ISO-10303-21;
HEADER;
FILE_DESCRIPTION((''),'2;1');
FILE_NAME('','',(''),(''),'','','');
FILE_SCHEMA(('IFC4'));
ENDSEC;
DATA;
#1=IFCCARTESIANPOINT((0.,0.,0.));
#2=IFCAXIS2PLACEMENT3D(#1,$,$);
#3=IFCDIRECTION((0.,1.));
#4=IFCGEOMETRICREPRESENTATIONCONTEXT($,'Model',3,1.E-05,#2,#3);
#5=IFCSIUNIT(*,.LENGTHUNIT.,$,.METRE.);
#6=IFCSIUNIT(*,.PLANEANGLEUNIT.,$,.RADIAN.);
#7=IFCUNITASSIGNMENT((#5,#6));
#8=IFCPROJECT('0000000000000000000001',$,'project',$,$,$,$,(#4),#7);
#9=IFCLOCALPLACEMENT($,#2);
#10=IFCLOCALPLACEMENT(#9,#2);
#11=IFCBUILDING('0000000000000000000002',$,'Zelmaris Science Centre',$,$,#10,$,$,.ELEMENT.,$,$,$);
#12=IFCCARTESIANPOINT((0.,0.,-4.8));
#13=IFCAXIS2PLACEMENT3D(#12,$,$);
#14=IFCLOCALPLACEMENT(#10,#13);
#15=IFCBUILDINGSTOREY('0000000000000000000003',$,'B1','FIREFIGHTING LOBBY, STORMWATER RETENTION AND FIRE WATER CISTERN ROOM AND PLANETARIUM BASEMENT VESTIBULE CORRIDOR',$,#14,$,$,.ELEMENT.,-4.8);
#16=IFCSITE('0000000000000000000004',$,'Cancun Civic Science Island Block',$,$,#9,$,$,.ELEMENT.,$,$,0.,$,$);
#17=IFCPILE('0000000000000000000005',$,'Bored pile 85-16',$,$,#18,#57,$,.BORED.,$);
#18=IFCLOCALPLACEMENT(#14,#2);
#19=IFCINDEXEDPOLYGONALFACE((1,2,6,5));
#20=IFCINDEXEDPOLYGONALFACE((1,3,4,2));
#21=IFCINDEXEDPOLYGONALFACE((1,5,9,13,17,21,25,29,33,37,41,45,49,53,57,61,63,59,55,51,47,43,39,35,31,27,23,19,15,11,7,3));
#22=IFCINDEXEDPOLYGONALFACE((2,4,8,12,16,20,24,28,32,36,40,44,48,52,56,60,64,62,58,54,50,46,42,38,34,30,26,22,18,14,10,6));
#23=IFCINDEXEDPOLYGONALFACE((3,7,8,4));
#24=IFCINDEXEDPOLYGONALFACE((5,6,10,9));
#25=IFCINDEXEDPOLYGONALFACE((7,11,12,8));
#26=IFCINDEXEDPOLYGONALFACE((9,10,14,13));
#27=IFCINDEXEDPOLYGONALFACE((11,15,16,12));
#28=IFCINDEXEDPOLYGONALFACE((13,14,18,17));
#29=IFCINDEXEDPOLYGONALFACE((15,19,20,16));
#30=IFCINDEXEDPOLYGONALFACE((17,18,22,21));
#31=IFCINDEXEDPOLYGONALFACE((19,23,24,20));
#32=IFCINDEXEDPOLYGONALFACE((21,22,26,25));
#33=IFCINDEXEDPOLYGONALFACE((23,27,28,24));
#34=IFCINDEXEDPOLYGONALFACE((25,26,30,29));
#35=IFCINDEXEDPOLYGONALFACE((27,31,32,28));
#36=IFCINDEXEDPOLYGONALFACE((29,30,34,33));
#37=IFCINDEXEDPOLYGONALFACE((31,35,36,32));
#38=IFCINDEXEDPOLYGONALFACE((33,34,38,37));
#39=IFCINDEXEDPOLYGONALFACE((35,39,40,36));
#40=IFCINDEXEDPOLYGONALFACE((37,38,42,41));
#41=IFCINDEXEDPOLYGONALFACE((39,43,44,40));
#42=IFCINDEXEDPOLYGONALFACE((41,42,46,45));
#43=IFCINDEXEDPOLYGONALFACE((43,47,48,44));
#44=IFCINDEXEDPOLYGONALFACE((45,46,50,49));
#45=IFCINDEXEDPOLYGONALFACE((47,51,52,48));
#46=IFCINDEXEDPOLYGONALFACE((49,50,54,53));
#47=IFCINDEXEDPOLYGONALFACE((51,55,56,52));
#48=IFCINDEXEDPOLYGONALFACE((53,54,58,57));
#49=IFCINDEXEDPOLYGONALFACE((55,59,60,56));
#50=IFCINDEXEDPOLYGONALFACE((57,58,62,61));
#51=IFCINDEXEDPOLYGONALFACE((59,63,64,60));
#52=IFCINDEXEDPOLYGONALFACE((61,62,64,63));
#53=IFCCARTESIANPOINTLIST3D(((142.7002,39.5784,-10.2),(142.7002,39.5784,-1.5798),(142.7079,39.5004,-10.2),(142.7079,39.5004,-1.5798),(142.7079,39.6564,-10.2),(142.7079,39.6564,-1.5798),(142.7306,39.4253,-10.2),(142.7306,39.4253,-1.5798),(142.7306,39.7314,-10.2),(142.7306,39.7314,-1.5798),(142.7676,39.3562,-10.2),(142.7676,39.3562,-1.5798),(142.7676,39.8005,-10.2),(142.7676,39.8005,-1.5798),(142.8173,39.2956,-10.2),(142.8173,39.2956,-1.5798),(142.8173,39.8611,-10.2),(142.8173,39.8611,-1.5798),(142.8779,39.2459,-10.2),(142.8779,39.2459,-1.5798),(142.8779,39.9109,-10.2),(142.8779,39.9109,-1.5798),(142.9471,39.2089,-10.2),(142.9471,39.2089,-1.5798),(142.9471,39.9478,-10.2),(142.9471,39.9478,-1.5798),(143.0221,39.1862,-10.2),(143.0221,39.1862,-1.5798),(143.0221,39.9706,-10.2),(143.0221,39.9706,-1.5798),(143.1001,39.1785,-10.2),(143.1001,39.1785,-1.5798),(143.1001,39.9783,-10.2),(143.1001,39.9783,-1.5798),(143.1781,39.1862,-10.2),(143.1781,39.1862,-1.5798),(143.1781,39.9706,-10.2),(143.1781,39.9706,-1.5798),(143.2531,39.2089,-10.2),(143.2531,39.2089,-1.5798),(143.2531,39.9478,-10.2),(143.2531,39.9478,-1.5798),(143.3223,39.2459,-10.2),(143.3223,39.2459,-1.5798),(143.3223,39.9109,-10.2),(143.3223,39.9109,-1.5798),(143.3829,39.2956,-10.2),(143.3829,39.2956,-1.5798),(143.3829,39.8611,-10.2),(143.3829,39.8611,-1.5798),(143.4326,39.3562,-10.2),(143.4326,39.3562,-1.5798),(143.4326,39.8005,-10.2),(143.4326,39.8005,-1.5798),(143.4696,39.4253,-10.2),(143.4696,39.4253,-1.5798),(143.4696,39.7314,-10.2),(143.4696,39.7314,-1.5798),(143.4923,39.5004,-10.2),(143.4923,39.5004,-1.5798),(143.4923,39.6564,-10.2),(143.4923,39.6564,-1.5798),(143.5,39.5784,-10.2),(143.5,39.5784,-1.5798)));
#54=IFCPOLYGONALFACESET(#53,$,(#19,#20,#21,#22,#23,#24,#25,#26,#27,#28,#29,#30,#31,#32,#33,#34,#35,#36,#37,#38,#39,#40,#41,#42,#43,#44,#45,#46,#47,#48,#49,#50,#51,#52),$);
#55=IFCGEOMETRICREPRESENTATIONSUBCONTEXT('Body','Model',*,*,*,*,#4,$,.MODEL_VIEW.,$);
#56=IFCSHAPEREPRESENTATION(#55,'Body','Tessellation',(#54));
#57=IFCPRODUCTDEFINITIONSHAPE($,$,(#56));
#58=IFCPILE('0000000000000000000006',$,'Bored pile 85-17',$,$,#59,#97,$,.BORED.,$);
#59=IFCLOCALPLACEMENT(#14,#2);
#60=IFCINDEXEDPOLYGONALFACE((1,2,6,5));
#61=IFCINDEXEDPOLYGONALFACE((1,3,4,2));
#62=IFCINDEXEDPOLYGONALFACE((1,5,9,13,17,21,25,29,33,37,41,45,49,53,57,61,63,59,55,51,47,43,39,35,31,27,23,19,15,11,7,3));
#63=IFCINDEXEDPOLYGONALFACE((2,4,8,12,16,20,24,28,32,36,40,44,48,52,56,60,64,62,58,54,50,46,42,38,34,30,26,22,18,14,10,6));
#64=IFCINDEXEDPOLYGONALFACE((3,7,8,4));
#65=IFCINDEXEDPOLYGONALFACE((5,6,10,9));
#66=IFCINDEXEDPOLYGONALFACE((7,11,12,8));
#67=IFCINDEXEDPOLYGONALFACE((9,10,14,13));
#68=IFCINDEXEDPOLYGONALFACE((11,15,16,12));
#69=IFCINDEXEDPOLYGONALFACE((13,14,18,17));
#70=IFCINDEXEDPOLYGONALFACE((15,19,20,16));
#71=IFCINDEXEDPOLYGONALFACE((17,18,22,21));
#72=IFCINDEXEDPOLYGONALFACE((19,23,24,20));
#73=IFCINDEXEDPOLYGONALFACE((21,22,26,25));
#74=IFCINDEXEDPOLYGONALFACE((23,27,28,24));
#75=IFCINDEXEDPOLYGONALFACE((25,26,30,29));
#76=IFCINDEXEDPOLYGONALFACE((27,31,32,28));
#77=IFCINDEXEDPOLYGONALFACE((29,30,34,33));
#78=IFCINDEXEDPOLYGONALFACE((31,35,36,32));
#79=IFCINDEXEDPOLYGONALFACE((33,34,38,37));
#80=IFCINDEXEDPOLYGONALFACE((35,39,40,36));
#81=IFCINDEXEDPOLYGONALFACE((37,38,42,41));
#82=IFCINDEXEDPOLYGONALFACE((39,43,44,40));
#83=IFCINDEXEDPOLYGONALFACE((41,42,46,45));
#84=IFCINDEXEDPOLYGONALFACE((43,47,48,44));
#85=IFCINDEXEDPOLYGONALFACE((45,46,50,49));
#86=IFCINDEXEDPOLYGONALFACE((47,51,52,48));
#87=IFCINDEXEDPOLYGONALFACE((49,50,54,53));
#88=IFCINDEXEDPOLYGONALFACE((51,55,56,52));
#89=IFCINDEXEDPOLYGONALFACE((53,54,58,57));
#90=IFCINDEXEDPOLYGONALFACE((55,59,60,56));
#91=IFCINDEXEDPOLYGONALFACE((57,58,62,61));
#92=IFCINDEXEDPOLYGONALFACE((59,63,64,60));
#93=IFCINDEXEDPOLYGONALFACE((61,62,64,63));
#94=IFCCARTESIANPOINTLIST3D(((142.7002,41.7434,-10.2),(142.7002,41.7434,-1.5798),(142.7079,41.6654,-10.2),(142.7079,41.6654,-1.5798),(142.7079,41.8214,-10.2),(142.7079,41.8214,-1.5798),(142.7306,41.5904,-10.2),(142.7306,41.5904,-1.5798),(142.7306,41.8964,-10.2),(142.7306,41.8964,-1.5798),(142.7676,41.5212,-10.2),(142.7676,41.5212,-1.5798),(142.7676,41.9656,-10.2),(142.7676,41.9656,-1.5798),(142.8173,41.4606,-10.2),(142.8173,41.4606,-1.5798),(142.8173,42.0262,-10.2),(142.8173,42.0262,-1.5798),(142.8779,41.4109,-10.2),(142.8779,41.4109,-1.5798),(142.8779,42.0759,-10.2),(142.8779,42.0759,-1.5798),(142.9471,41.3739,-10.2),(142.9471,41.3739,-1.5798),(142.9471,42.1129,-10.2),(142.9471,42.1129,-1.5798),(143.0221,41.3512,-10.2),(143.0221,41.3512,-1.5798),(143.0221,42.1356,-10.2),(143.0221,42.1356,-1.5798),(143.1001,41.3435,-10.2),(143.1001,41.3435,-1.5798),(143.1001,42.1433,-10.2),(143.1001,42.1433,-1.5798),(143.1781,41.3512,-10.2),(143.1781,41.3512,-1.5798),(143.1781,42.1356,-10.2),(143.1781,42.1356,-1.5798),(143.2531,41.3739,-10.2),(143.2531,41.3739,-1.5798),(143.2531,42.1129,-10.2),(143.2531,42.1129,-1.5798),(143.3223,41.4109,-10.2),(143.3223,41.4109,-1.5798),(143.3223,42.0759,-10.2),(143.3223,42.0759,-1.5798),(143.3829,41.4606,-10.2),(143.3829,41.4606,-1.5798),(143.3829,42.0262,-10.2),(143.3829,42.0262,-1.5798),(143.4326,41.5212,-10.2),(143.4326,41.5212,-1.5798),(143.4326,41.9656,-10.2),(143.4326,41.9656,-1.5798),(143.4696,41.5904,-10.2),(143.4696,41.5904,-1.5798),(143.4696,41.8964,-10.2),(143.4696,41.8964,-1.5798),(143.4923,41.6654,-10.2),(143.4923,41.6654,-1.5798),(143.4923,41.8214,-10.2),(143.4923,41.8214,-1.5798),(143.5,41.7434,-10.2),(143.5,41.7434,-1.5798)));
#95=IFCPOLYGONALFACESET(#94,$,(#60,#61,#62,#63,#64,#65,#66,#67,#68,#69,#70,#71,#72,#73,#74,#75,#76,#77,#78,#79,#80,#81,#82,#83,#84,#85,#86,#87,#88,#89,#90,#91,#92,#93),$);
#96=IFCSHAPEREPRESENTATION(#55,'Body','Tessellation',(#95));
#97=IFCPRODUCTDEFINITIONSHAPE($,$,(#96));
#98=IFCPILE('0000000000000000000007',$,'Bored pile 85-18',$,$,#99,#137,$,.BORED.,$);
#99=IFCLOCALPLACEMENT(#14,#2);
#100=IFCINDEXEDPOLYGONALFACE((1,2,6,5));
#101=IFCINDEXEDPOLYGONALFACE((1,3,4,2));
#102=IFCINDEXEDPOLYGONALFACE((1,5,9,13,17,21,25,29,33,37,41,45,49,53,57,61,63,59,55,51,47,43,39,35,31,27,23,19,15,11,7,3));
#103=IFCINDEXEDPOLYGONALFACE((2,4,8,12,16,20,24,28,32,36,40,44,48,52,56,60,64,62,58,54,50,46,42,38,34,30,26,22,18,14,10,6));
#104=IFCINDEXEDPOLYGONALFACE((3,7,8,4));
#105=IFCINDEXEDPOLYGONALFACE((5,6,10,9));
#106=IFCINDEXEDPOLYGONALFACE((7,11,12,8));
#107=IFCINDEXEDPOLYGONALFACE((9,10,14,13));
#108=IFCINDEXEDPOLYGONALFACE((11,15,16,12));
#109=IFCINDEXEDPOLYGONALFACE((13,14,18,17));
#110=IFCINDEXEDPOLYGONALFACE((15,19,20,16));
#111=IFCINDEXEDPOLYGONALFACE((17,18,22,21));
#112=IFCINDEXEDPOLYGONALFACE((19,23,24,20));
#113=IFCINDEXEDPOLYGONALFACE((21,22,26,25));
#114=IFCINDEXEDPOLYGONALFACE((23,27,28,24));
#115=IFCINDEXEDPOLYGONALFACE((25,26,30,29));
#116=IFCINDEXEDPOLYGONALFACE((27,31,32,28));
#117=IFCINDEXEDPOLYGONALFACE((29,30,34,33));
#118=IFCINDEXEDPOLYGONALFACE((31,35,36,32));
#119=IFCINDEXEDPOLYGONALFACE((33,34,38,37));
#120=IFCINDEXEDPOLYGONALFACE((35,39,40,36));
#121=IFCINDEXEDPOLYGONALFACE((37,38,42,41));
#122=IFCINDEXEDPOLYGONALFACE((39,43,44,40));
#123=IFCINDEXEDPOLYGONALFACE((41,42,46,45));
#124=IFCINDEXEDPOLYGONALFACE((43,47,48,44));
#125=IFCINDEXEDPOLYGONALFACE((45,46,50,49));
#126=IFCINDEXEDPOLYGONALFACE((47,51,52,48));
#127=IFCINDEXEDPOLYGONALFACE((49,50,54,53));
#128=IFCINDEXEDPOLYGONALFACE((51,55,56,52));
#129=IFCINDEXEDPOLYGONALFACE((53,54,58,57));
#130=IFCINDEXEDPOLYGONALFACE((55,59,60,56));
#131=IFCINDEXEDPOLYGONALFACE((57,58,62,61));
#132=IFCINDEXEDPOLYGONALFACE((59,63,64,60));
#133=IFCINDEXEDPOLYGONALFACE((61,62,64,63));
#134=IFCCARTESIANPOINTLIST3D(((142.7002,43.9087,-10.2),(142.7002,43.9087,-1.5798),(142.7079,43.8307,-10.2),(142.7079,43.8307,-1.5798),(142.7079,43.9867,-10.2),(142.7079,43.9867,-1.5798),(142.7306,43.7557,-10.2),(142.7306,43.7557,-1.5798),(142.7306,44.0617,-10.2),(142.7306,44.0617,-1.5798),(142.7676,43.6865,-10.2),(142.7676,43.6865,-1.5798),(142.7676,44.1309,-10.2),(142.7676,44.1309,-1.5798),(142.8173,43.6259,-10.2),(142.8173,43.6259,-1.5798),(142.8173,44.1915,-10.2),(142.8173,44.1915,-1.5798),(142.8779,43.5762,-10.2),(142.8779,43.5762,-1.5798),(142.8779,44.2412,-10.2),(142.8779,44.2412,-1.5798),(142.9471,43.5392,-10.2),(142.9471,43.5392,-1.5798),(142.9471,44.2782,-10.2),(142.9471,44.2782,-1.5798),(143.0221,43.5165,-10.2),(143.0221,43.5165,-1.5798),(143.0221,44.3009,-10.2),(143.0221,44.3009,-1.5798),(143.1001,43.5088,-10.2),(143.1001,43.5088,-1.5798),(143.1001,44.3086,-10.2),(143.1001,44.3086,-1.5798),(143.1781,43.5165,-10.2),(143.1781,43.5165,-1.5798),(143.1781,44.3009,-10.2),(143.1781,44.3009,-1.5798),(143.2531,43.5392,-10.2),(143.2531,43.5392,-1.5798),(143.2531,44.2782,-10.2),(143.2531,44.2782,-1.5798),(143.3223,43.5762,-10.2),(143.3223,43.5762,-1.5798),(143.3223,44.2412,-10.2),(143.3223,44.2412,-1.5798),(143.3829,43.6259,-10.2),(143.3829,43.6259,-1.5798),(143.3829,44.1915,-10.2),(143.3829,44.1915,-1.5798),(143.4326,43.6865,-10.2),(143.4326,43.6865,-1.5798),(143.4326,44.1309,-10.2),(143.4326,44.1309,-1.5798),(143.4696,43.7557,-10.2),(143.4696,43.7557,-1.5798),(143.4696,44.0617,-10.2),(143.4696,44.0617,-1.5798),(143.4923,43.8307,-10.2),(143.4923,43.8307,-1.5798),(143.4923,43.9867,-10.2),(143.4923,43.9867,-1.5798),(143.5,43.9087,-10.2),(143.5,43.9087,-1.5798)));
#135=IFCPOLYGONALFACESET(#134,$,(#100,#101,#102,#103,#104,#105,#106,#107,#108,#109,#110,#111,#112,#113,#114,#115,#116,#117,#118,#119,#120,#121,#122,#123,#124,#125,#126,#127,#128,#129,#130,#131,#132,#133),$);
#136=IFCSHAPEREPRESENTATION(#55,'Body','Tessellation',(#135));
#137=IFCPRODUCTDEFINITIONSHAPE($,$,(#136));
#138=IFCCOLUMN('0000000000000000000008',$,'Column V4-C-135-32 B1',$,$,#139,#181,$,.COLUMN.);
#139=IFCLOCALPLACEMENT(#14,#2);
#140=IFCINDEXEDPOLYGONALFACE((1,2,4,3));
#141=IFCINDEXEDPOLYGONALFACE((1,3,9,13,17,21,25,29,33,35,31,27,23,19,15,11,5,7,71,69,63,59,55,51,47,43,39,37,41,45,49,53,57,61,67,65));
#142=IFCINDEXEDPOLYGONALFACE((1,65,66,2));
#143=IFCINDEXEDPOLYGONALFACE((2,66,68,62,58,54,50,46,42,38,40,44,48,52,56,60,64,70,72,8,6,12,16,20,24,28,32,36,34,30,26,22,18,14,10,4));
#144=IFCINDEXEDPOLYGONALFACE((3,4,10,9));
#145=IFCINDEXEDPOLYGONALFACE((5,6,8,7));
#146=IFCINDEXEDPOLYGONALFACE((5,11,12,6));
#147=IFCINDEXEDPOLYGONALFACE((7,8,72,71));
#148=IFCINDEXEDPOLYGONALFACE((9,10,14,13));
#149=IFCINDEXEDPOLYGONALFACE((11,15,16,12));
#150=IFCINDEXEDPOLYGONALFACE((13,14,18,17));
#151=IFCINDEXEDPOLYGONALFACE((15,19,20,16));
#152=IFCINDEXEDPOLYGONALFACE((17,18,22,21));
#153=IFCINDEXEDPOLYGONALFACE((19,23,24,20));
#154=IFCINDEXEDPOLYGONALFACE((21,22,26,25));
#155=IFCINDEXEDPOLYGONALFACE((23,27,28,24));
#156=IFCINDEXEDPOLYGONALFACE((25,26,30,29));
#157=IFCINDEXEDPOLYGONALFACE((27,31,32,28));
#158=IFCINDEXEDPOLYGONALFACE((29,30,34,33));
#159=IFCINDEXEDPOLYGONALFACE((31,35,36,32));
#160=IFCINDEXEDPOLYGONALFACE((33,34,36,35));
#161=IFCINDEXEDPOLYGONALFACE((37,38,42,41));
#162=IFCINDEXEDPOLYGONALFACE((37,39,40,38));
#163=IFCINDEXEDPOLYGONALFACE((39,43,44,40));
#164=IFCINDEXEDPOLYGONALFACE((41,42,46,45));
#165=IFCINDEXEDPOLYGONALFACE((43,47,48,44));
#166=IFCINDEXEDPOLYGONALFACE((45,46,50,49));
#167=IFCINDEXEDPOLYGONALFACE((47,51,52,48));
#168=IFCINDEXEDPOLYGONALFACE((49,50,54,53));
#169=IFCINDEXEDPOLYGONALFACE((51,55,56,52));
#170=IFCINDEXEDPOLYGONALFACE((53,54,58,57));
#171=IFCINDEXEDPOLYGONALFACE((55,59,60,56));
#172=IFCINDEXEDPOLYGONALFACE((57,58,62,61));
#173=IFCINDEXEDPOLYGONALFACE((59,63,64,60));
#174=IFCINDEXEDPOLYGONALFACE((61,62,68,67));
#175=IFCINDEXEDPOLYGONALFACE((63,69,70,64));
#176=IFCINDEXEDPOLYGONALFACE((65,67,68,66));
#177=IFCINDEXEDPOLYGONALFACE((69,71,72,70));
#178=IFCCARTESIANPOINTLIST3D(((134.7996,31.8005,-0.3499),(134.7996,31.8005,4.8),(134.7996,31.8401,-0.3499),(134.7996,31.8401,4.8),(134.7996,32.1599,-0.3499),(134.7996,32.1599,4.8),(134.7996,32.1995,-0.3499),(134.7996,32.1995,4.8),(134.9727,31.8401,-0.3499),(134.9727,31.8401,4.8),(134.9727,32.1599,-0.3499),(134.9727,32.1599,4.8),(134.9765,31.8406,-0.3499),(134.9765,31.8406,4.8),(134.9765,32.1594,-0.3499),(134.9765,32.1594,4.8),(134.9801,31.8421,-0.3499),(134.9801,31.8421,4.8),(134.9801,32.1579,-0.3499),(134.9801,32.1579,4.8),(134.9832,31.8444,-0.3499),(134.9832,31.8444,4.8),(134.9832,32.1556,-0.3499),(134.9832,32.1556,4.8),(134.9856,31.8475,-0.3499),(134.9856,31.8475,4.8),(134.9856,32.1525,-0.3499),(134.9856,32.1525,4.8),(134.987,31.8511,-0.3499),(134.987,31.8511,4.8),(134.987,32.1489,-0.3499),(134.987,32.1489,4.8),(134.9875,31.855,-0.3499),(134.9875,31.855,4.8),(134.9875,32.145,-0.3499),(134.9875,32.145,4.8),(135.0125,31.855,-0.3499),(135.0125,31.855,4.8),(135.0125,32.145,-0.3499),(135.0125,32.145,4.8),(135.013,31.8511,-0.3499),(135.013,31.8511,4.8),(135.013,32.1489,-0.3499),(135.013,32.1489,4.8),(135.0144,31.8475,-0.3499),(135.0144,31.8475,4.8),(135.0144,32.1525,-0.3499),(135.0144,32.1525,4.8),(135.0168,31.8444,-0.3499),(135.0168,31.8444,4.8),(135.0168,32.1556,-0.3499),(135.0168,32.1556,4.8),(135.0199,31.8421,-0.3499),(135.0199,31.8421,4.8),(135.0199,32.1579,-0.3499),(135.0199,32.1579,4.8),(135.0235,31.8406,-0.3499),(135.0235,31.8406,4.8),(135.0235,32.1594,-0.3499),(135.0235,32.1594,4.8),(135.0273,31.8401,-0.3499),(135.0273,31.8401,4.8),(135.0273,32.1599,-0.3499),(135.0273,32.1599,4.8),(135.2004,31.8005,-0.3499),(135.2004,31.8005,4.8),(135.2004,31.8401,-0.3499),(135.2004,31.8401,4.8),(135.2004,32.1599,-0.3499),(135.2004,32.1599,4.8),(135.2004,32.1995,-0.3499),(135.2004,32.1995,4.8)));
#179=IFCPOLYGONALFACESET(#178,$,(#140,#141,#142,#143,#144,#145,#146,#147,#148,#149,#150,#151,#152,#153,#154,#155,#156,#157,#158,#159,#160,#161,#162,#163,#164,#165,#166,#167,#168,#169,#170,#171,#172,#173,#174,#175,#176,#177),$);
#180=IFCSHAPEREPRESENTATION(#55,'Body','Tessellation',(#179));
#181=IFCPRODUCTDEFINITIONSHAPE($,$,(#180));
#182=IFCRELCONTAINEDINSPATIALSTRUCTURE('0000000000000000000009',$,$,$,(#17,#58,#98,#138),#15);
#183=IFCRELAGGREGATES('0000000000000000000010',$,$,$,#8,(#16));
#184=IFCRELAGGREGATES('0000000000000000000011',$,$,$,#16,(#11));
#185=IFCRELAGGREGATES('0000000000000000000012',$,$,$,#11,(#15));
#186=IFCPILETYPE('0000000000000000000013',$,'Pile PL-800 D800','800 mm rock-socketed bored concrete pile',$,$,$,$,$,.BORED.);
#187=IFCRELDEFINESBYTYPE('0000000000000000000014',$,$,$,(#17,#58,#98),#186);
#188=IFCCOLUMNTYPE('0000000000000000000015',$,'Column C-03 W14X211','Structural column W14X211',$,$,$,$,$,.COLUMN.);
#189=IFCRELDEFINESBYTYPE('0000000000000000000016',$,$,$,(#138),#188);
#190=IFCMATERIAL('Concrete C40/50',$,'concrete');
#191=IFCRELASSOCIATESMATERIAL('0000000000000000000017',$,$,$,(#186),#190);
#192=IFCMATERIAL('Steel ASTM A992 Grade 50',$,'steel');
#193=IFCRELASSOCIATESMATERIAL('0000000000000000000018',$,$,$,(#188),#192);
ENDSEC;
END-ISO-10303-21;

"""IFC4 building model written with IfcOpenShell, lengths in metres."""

from ifc_helpers import new_model, si_unit, direction, frame, origin, origin_2d, place, context, subcontext, project, spatial, circle, i_section, extrude, material, material_profile, profile_set, type_object, element, save


model = new_model("IFC4")

# Units and contexts
model_context = context("Model", 3, precision=1e-05, world=origin(), true_north=direction((0.0, 1.0)))
body_context = subcontext(model_context, "Body", "Model", "MODEL_VIEW")
ifc_project = project(units=[si_unit("LENGTHUNIT", "METRE"), si_unit("PLANEANGLEUNIT", "RADIAN")], contexts=[model_context])

# Site, building, storey
site_placement = place(None, origin())
site = spatial("IfcSite", under=ifc_project, at=site_placement, Name="Cancun Civic Science Island Block", CompositionType="ELEMENT", RefElevation=0.0)
building_placement = place(site_placement, origin())
building = spatial("IfcBuilding", under=site, at=building_placement, Name="Zelmaris Science Centre", CompositionType="ELEMENT")
storey_placement = place(building_placement, frame((0.0, 0.0, -4.8)))
storey = spatial("IfcBuildingStorey", under=building, at=storey_placement, Name="B1", Description="FIREFIGHTING LOBBY, STORMWATER RETENTION AND FIRE WATER CISTERN ROOM AND PLANETARIUM BASEMENT VESTIBULE CORRIDOR", CompositionType="ELEMENT", Elevation=-4.8)

# Shared definitions
ifc_material_1 = material(Name="Concrete C40/50", Category="concrete")

# Piles
ifc_material_profile_1 = material_profile(ifc_material_1, circle(Radius=0.3999, at=origin_2d()), Name="PILE-800")
ifc_profile_set_1 = profile_set([ifc_material_profile_1], Name="Concrete C40/50")
pile_type_1 = type_object("IfcPileType", Name="Pile PL-800 D800", Description="800 mm rock-socketed bored concrete pile", PredefinedType="BORED", material=ifc_profile_set_1)
for number, where, z_axis, x_axis, name in (
    (1, (143.1001, 39.5784, -1.5798), (0.0, 0.0, -1.0), (1.0, 0.0, 0.0), "Bored pile 85-16"),
    (2, (143.1001, 41.7434, -1.5798), (0.0, 0.0, -1.0), (1.0, 0.0, 0.0), "Bored pile 85-17"),
    (3, (143.1001, 43.9087, -1.5798), (0.0, 0.0, -1.0), (1.0, 0.0, 0.0), "Bored pile 85-18"),
):
    element("IfcPile", number, at=place(storey_placement, frame(where, z_axis=z_axis, x_axis=x_axis)), inside=storey, type_object=pile_type_1, Name=name, PredefinedType="BORED", context=body_context, shape_type="SweptSolid", body=[
        extrude(circle(Radius=0.3999, at=origin_2d()), origin(), (0.0, 0.0, 1.0), 8.6201),
    ])

# Column
ifc_material_2 = material(Name="Steel ASTM A992 Grade 50", Category="steel")
ifc_material_profile_2 = material_profile(ifc_material_2, i_section(OverallWidth=0.4009, OverallDepth=0.3989, WebThickness=0.0249, FlangeThickness=0.0396, FilletRadius=0.0149, at=origin_2d()), Name="W14X211")
ifc_profile_set_2 = profile_set([ifc_material_profile_2], Name="Steel ASTM A992 Grade 50")
column_type_1 = type_object("IfcColumnType", Name="Column C-03 W14X211", Description="Structural column W14X211", PredefinedType="COLUMN", material=ifc_profile_set_2)
column_1_placement = place(storey_placement, frame((135.0, 32.0, -0.3499), z_axis=(0.0, 0.0, 1.0), x_axis=(1.0, 0.0, 0.0)))
element("IfcColumn", 4, at=column_1_placement, inside=storey, type_object=column_type_1, Name="Column V4-C-135-32 B1", PredefinedType="COLUMN", context=body_context, shape_type="SweptSolid", body=[
    extrude(i_section(OverallWidth=0.4009, OverallDepth=0.3989, WebThickness=0.0249, FlangeThickness=0.0396, FilletRadius=0.0149, at=origin_2d()), origin(), (0.0, 0.0, 1.0), 5.1499),
])

save(model, "model.ifc")
